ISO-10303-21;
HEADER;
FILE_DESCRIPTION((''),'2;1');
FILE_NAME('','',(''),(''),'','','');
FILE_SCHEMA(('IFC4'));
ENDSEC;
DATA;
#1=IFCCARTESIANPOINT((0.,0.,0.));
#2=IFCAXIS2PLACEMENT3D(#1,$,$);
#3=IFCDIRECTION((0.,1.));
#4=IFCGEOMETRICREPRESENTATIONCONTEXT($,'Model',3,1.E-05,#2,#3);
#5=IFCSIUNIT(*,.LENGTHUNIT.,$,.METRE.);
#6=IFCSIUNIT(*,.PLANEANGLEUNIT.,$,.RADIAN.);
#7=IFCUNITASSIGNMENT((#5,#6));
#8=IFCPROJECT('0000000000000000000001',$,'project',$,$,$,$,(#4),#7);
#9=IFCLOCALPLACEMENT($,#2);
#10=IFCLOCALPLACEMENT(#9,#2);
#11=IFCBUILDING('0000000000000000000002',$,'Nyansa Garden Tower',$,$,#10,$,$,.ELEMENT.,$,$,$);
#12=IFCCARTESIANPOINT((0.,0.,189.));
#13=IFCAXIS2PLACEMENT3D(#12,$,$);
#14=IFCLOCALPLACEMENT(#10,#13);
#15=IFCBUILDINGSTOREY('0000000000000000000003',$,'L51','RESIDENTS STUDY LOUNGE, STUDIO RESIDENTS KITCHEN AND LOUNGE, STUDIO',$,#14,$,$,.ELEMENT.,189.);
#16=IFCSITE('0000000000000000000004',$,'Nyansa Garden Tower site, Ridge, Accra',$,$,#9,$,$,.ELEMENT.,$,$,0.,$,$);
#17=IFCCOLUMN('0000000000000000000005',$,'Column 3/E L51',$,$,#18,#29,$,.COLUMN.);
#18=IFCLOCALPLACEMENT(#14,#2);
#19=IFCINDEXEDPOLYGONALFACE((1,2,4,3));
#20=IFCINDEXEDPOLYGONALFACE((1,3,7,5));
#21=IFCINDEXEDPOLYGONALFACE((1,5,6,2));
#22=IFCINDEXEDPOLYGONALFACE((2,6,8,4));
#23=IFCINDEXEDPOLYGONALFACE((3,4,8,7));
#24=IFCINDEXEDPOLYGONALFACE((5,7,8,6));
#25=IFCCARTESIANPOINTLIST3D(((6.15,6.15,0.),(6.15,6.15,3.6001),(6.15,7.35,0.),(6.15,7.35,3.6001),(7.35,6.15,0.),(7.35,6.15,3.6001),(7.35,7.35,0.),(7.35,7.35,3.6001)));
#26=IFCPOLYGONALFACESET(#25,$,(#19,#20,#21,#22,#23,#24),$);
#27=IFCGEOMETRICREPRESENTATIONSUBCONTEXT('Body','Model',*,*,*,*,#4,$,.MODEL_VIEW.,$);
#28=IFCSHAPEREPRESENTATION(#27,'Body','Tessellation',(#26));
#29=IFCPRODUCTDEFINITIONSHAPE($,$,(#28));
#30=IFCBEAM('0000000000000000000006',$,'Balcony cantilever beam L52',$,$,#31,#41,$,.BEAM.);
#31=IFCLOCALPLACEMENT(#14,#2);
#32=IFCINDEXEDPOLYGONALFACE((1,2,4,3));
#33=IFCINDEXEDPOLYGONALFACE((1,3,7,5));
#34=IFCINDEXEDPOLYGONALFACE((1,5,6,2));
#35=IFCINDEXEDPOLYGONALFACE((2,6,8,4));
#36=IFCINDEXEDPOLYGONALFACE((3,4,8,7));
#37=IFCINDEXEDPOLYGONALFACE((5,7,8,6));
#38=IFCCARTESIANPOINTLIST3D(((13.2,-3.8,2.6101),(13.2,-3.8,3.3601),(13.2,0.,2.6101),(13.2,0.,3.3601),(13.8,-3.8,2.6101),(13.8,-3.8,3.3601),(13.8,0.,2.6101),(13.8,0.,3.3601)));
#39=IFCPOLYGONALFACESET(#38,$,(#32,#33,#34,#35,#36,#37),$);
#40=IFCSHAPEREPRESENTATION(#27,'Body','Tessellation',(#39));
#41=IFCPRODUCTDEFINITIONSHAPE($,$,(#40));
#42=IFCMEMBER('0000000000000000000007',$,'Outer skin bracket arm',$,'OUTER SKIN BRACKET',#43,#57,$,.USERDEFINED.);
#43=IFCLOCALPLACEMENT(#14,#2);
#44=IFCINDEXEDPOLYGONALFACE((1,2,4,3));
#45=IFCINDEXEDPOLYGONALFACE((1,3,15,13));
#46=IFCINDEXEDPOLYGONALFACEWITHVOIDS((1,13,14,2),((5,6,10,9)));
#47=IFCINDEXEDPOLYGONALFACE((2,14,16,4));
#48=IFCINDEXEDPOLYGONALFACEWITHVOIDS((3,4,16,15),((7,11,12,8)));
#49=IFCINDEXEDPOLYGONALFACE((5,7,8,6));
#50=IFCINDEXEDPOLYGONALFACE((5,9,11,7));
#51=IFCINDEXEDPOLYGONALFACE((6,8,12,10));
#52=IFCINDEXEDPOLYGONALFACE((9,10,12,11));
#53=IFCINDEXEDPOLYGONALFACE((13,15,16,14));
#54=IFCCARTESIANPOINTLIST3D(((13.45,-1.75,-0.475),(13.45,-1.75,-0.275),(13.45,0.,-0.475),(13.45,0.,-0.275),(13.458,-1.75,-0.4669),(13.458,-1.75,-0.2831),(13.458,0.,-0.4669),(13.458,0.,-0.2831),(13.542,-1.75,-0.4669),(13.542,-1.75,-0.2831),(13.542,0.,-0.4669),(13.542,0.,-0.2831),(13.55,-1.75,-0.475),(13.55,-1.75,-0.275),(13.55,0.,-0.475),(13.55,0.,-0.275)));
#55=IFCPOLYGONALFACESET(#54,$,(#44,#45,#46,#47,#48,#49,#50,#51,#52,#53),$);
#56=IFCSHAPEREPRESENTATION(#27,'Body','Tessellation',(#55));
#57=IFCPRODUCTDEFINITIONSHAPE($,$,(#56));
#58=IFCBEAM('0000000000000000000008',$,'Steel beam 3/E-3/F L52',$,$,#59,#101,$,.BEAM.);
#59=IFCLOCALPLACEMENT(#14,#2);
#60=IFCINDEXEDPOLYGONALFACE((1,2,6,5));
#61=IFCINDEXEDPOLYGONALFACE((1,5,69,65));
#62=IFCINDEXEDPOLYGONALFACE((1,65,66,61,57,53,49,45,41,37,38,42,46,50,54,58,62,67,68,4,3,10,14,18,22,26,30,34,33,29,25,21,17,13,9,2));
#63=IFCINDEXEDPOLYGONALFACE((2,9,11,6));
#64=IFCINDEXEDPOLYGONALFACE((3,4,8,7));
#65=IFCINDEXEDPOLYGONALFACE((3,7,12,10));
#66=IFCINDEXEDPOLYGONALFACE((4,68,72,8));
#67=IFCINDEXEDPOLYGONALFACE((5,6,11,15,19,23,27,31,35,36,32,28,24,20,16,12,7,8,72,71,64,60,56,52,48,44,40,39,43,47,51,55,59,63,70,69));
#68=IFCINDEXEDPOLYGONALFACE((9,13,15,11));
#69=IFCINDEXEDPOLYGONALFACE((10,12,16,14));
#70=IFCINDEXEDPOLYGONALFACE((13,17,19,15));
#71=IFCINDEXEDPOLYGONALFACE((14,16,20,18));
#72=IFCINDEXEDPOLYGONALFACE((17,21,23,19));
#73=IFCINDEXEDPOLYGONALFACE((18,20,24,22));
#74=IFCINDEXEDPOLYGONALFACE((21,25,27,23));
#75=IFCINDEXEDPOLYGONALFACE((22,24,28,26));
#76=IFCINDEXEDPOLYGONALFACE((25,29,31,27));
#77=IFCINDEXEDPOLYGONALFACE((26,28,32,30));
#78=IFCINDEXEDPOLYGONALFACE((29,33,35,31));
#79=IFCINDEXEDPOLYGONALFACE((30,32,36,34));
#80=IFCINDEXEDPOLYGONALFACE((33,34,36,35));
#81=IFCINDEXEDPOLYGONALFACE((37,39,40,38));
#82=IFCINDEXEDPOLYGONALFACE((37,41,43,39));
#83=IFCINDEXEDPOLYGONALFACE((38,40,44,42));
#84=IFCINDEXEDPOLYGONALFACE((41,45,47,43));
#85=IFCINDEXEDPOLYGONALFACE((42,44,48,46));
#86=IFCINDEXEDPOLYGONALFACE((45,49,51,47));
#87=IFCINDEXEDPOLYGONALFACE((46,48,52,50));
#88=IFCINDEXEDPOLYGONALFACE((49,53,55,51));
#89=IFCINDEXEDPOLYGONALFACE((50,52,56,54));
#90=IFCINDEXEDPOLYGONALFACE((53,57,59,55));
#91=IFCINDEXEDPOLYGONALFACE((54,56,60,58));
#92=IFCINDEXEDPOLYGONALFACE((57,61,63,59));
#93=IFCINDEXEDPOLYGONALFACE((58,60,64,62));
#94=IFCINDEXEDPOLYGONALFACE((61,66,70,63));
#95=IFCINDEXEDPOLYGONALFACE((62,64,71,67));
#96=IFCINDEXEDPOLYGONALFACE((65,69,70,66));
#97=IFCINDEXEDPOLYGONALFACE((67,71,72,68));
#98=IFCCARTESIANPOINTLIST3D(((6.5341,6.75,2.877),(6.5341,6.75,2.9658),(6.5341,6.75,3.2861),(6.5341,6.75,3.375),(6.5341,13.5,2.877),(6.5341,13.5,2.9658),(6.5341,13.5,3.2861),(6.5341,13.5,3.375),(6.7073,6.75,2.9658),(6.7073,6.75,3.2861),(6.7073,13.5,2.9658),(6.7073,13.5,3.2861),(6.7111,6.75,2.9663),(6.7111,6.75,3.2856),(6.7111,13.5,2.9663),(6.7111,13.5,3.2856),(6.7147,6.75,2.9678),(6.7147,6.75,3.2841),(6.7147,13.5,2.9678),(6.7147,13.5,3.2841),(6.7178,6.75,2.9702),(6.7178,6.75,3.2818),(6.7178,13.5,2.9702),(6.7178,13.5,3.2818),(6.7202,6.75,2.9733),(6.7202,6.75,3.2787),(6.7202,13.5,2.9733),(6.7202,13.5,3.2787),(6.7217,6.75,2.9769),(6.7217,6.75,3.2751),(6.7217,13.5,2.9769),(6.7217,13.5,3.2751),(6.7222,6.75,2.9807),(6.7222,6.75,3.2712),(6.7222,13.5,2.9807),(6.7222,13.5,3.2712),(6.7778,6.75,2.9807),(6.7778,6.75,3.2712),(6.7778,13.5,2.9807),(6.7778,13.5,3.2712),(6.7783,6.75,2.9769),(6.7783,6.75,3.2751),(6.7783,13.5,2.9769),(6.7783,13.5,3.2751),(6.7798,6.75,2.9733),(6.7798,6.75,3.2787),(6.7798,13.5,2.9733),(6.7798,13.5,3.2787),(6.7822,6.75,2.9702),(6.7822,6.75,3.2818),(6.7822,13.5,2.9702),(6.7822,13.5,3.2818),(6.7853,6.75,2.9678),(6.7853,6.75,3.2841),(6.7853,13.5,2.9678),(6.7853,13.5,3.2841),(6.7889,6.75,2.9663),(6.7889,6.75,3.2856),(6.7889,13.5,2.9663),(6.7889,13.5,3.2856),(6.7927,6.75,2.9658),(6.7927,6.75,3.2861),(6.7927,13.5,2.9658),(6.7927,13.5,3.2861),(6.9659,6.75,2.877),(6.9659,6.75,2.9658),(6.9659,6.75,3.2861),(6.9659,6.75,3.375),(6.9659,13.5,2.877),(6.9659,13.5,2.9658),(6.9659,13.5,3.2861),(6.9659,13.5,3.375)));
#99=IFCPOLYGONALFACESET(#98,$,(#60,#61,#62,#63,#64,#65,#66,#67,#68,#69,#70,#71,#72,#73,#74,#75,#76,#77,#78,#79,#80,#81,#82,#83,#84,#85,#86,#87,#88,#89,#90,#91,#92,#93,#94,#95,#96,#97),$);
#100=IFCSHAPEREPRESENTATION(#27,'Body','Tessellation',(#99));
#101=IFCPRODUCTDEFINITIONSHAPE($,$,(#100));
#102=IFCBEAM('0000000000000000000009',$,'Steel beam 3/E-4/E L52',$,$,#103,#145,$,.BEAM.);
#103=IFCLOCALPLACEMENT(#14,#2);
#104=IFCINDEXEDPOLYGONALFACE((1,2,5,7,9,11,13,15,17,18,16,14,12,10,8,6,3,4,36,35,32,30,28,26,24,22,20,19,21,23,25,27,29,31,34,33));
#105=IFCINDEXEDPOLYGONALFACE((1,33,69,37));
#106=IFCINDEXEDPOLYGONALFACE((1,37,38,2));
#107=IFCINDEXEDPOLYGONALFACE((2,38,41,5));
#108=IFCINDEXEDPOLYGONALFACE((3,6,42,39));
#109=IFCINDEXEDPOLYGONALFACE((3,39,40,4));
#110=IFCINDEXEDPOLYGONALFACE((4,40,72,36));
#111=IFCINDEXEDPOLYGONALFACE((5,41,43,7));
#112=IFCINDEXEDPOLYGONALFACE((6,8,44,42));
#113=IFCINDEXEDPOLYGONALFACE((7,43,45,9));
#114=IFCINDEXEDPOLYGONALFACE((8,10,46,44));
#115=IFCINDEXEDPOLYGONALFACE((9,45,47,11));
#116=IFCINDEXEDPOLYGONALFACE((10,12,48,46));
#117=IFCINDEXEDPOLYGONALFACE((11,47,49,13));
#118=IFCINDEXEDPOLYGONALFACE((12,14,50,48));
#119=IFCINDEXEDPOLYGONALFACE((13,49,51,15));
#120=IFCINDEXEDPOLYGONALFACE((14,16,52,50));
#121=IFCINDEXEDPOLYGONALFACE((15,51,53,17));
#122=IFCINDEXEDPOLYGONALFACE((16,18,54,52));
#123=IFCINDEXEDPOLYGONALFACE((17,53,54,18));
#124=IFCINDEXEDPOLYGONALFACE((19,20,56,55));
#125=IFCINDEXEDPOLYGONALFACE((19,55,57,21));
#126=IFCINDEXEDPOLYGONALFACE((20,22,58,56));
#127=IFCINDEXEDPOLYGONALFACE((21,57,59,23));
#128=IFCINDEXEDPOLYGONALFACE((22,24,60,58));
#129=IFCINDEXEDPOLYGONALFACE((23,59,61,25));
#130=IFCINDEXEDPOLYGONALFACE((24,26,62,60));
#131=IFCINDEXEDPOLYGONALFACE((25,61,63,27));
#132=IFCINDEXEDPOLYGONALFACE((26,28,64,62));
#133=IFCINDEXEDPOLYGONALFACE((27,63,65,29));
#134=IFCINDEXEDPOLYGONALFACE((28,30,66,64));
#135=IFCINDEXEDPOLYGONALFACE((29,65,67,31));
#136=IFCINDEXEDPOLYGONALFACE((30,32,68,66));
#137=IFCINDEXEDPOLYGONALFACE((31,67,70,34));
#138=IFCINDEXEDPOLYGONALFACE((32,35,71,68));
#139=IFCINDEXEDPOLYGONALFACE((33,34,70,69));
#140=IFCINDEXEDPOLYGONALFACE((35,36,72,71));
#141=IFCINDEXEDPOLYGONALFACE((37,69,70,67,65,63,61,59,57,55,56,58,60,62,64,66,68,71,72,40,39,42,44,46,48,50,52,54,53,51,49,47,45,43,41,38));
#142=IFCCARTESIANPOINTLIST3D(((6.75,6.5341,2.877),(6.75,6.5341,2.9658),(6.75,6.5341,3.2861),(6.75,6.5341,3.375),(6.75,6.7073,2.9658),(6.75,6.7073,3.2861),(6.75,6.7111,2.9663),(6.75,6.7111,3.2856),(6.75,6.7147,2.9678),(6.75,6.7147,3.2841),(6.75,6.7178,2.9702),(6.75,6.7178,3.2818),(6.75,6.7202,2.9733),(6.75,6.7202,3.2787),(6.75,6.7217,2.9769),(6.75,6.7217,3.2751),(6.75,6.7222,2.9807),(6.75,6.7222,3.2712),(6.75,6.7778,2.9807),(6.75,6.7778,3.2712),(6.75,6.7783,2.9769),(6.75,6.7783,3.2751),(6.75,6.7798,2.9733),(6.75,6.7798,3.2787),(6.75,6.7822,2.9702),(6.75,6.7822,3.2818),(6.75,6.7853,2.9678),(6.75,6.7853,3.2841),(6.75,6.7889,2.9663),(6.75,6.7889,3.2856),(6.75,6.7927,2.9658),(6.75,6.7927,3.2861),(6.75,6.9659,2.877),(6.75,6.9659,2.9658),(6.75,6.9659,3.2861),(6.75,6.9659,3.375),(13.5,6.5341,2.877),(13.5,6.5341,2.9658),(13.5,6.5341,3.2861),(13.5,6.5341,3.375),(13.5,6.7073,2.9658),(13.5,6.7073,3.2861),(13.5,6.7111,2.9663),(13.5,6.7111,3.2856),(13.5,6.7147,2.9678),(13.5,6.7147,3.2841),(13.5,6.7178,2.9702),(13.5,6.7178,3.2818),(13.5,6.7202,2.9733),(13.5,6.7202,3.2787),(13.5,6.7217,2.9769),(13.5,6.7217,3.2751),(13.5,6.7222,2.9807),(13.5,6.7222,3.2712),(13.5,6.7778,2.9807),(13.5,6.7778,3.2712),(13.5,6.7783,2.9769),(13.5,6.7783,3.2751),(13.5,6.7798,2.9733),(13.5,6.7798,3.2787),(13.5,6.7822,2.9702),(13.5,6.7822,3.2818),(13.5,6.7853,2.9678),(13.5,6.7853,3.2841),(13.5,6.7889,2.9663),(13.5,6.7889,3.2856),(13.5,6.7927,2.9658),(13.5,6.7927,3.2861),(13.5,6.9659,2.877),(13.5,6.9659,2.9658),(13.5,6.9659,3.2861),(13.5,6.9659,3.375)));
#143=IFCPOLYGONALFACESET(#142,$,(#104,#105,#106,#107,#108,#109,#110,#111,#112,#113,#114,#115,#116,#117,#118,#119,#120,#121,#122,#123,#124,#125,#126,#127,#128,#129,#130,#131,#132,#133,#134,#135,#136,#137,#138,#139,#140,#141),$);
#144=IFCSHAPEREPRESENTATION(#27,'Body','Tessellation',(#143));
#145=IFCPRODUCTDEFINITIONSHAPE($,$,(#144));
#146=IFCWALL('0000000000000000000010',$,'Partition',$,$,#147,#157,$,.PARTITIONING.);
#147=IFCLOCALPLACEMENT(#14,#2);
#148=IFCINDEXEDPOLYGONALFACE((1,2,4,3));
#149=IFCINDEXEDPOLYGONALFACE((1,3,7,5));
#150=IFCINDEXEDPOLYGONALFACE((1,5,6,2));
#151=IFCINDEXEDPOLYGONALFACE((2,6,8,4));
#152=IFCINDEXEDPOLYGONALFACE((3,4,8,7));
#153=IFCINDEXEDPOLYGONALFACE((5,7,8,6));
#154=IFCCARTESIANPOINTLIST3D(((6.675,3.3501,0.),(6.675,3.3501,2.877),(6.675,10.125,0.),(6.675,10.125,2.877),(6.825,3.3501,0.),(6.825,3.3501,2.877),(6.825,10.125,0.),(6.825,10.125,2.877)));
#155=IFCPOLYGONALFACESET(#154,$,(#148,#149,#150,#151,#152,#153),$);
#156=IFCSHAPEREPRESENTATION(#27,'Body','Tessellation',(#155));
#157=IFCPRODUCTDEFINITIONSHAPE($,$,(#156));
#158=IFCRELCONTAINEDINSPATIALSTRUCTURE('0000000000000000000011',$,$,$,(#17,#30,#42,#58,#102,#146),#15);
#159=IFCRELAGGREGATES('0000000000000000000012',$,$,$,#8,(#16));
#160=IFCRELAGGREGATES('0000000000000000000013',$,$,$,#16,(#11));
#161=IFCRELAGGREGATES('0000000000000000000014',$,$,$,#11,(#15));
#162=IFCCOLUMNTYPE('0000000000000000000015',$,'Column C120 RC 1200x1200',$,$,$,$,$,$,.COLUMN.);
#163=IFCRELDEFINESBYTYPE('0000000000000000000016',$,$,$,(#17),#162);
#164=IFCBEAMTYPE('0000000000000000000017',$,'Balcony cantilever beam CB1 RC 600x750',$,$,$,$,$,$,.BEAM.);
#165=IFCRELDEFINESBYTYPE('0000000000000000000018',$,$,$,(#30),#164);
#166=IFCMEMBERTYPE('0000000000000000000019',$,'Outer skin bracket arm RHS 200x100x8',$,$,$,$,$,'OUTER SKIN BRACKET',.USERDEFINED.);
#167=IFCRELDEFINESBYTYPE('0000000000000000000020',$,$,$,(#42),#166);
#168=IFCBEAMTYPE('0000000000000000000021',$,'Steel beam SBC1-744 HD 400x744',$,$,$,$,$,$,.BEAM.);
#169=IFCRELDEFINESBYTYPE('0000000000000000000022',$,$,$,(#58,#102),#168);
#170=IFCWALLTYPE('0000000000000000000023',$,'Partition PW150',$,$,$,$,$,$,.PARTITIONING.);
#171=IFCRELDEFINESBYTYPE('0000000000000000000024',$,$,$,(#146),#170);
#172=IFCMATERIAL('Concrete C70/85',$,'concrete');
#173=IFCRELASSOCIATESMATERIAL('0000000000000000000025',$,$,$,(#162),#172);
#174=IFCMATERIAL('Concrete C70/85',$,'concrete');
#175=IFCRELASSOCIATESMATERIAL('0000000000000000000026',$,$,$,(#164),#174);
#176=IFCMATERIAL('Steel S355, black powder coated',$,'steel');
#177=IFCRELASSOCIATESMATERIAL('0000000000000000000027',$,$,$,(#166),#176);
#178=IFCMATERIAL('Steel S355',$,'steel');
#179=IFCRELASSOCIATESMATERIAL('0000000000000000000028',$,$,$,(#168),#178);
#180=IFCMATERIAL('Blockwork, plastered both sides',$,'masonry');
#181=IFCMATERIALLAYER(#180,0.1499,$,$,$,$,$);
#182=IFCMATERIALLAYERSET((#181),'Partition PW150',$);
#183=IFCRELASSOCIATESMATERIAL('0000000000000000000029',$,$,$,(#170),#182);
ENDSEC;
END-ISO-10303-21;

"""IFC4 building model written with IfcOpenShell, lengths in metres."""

from ifc_helpers import new_model, si_unit, direction, frame, frame_2d, origin, origin_2d, place, context, subcontext, project, spatial, rectangle, hollow_rectangle, i_section, extrude, material, layer, layer_set, material_profile, profile_set, type_object, element, save


model = new_model("IFC4")

# Units and contexts
model_context = context("Model", 3, precision=1e-05, world=origin(), true_north=direction((0.0, 1.0)))
body_context = subcontext(model_context, "Body", "Model", "MODEL_VIEW")
ifc_project = project(units=[si_unit("LENGTHUNIT", "METRE"), si_unit("PLANEANGLEUNIT", "RADIAN")], contexts=[model_context])

# Site, building, storey
site_placement = place(None, origin())
site = spatial("IfcSite", under=ifc_project, at=site_placement, Name="Nyansa Garden Tower site, Ridge, Accra", CompositionType="ELEMENT", RefElevation=0.0)
building_placement = place(site_placement, origin())
building = spatial("IfcBuilding", under=site, at=building_placement, Name="Nyansa Garden Tower", CompositionType="ELEMENT")
storey_placement = place(building_placement, frame((0.0, 0.0, 189.0)))
storey = spatial("IfcBuildingStorey", under=building, at=storey_placement, Name="L51", Description="RESIDENTS STUDY LOUNGE, STUDIO RESIDENTS KITCHEN AND LOUNGE, STUDIO", CompositionType="ELEMENT", Elevation=189.0)

# Column
ifc_material_1 = material(Name="Concrete C70/85", Category="concrete")
ifc_material_profile_1 = material_profile(ifc_material_1, rectangle(XDim=1.2, YDim=1.2, at=origin_2d()), Name="RC 1200x1200")
ifc_profile_set_1 = profile_set([ifc_material_profile_1], Name="Concrete C70/85")
column_type = type_object("IfcColumnType", Name="Column C120 RC 1200x1200", PredefinedType="COLUMN", material=ifc_profile_set_1)
column_placement = place(storey_placement, frame((6.75, 6.75, 0.0), z_axis=(0.0, 0.0, 1.0), x_axis=(1.0, 0.0, 0.0)))
element("IfcColumn", 1, at=column_placement, inside=storey, type_object=column_type, Name="Column 3/E L51", PredefinedType="COLUMN", context=body_context, shape_type="SweptSolid", body=[
    extrude(rectangle(XDim=1.2, YDim=1.2, at=origin_2d()), origin(), (0.0, 0.0, 1.0), 3.6001),
])

# Beam
ifc_material_2 = material(Name="Concrete C70/85", Category="concrete")
ifc_material_profile_2 = material_profile(ifc_material_2, rectangle(XDim=0.6001, YDim=0.75, at=origin_2d()), Name="RC 600x750")
ifc_profile_set_2 = profile_set([ifc_material_profile_2], Name="Concrete C70/85")
beam_type_1 = type_object("IfcBeamType", Name="Balcony cantilever beam CB1 RC 600x750", PredefinedType="BEAM", material=ifc_profile_set_2)
beam_placement = place(storey_placement, frame((13.5, 0.0, 2.9851), z_axis=(0.0, -1.0, 0.0), x_axis=(1.0, 0.0, 0.0)))
element("IfcBeam", 2, at=beam_placement, inside=storey, type_object=beam_type_1, Name="Balcony cantilever beam L52", PredefinedType="BEAM", context=body_context, shape_type="SweptSolid", body=[
    extrude(rectangle(XDim=0.6001, YDim=0.75, at=origin_2d()), origin(), (0.0, 0.0, 1.0), 3.8),
])

# Member
ifc_material_3 = material(Name="Steel S355, black powder coated", Category="steel")
ifc_material_profile_3 = material_profile(ifc_material_3, hollow_rectangle(XDim=0.1001, YDim=0.2, WallThickness=0.0081, at=origin_2d()), Name="RHS 200x100x8")
ifc_profile_set_3 = profile_set([ifc_material_profile_3], Name="Steel S355, black powder coated")
member_type = type_object("IfcMemberType", Name="Outer skin bracket arm RHS 200x100x8", ElementType="OUTER SKIN BRACKET", PredefinedType="USERDEFINED", material=ifc_profile_set_3)
member_placement = place(storey_placement, frame((13.5, 0.0, -0.375), z_axis=(0.0, -1.0, 0.0), x_axis=(1.0, 0.0, 0.0)))
element("IfcMember", 3, at=member_placement, inside=storey, type_object=member_type, Name="Outer skin bracket arm", ObjectType="OUTER SKIN BRACKET", PredefinedType="USERDEFINED", context=body_context, shape_type="SweptSolid", body=[
    extrude(hollow_rectangle(XDim=0.1001, YDim=0.2, WallThickness=0.0081, at=origin_2d()), origin(), (0.0, 0.0, 1.0), 1.75),
])

# Beams
ifc_material_4 = material(Name="Steel S355", Category="steel")
ifc_material_profile_4 = material_profile(ifc_material_4, i_section(OverallWidth=0.4319, OverallDepth=0.498, WebThickness=0.0557, FlangeThickness=0.0889, FilletRadius=0.0149, at=origin_2d()), Name="HD 400x744")
ifc_profile_set_4 = profile_set([ifc_material_profile_4], Name="Steel S355")
beam_type_2 = type_object("IfcBeamType", Name="Steel beam SBC1-744 HD 400x744", PredefinedType="BEAM", material=ifc_profile_set_4)
for number, where, z_axis, x_axis, name in (
    (4, (6.75, 6.75, 3.126), (0.0, 1.0, 0.0), (-1.0, 0.0, 0.0), "Steel beam 3/E-3/F L52"),
    (5, (6.75, 6.75, 3.126), (1.0, 0.0, 0.0), (0.0, 1.0, 0.0), "Steel beam 3/E-4/E L52"),
):
    element("IfcBeam", number, at=place(storey_placement, frame(where, z_axis=z_axis, x_axis=x_axis)), inside=storey, type_object=beam_type_2, Name=name, PredefinedType="BEAM", context=body_context, shape_type="SweptSolid", body=[
        extrude(i_section(OverallWidth=0.4319, OverallDepth=0.498, WebThickness=0.0557, FlangeThickness=0.0889, FilletRadius=0.0149, at=origin_2d()), origin(), (0.0, 0.0, 1.0), 6.75),
    ])

# Wall
ifc_material_5 = material(Name="Blockwork, plastered both sides", Category="masonry")
ifc_layer_1 = layer(ifc_material_5, 0.1499)
ifc_layer_set_1 = layer_set([ifc_layer_1], Name="Partition PW150")
wall_type_1 = type_object("IfcWallType", Name="Partition PW150", PredefinedType="PARTITIONING", material=ifc_layer_set_1)
wall_1_placement = place(storey_placement, frame((6.75, 3.3501, 0.0), z_axis=(0.0, 0.0, 1.0), x_axis=(0.0, 1.0, 0.0)))
element("IfcWall", 6, at=wall_1_placement, inside=storey, type_object=wall_type_1, Name="Partition", PredefinedType="PARTITIONING", context=body_context, shape_type="SweptSolid", body=[
    extrude(rectangle(XDim=6.7749, YDim=0.1499, at=frame_2d((3.3875, 0.0))), origin(), (0.0, 0.0, 1.0), 2.877),
])

save(model, "model.ifc")
